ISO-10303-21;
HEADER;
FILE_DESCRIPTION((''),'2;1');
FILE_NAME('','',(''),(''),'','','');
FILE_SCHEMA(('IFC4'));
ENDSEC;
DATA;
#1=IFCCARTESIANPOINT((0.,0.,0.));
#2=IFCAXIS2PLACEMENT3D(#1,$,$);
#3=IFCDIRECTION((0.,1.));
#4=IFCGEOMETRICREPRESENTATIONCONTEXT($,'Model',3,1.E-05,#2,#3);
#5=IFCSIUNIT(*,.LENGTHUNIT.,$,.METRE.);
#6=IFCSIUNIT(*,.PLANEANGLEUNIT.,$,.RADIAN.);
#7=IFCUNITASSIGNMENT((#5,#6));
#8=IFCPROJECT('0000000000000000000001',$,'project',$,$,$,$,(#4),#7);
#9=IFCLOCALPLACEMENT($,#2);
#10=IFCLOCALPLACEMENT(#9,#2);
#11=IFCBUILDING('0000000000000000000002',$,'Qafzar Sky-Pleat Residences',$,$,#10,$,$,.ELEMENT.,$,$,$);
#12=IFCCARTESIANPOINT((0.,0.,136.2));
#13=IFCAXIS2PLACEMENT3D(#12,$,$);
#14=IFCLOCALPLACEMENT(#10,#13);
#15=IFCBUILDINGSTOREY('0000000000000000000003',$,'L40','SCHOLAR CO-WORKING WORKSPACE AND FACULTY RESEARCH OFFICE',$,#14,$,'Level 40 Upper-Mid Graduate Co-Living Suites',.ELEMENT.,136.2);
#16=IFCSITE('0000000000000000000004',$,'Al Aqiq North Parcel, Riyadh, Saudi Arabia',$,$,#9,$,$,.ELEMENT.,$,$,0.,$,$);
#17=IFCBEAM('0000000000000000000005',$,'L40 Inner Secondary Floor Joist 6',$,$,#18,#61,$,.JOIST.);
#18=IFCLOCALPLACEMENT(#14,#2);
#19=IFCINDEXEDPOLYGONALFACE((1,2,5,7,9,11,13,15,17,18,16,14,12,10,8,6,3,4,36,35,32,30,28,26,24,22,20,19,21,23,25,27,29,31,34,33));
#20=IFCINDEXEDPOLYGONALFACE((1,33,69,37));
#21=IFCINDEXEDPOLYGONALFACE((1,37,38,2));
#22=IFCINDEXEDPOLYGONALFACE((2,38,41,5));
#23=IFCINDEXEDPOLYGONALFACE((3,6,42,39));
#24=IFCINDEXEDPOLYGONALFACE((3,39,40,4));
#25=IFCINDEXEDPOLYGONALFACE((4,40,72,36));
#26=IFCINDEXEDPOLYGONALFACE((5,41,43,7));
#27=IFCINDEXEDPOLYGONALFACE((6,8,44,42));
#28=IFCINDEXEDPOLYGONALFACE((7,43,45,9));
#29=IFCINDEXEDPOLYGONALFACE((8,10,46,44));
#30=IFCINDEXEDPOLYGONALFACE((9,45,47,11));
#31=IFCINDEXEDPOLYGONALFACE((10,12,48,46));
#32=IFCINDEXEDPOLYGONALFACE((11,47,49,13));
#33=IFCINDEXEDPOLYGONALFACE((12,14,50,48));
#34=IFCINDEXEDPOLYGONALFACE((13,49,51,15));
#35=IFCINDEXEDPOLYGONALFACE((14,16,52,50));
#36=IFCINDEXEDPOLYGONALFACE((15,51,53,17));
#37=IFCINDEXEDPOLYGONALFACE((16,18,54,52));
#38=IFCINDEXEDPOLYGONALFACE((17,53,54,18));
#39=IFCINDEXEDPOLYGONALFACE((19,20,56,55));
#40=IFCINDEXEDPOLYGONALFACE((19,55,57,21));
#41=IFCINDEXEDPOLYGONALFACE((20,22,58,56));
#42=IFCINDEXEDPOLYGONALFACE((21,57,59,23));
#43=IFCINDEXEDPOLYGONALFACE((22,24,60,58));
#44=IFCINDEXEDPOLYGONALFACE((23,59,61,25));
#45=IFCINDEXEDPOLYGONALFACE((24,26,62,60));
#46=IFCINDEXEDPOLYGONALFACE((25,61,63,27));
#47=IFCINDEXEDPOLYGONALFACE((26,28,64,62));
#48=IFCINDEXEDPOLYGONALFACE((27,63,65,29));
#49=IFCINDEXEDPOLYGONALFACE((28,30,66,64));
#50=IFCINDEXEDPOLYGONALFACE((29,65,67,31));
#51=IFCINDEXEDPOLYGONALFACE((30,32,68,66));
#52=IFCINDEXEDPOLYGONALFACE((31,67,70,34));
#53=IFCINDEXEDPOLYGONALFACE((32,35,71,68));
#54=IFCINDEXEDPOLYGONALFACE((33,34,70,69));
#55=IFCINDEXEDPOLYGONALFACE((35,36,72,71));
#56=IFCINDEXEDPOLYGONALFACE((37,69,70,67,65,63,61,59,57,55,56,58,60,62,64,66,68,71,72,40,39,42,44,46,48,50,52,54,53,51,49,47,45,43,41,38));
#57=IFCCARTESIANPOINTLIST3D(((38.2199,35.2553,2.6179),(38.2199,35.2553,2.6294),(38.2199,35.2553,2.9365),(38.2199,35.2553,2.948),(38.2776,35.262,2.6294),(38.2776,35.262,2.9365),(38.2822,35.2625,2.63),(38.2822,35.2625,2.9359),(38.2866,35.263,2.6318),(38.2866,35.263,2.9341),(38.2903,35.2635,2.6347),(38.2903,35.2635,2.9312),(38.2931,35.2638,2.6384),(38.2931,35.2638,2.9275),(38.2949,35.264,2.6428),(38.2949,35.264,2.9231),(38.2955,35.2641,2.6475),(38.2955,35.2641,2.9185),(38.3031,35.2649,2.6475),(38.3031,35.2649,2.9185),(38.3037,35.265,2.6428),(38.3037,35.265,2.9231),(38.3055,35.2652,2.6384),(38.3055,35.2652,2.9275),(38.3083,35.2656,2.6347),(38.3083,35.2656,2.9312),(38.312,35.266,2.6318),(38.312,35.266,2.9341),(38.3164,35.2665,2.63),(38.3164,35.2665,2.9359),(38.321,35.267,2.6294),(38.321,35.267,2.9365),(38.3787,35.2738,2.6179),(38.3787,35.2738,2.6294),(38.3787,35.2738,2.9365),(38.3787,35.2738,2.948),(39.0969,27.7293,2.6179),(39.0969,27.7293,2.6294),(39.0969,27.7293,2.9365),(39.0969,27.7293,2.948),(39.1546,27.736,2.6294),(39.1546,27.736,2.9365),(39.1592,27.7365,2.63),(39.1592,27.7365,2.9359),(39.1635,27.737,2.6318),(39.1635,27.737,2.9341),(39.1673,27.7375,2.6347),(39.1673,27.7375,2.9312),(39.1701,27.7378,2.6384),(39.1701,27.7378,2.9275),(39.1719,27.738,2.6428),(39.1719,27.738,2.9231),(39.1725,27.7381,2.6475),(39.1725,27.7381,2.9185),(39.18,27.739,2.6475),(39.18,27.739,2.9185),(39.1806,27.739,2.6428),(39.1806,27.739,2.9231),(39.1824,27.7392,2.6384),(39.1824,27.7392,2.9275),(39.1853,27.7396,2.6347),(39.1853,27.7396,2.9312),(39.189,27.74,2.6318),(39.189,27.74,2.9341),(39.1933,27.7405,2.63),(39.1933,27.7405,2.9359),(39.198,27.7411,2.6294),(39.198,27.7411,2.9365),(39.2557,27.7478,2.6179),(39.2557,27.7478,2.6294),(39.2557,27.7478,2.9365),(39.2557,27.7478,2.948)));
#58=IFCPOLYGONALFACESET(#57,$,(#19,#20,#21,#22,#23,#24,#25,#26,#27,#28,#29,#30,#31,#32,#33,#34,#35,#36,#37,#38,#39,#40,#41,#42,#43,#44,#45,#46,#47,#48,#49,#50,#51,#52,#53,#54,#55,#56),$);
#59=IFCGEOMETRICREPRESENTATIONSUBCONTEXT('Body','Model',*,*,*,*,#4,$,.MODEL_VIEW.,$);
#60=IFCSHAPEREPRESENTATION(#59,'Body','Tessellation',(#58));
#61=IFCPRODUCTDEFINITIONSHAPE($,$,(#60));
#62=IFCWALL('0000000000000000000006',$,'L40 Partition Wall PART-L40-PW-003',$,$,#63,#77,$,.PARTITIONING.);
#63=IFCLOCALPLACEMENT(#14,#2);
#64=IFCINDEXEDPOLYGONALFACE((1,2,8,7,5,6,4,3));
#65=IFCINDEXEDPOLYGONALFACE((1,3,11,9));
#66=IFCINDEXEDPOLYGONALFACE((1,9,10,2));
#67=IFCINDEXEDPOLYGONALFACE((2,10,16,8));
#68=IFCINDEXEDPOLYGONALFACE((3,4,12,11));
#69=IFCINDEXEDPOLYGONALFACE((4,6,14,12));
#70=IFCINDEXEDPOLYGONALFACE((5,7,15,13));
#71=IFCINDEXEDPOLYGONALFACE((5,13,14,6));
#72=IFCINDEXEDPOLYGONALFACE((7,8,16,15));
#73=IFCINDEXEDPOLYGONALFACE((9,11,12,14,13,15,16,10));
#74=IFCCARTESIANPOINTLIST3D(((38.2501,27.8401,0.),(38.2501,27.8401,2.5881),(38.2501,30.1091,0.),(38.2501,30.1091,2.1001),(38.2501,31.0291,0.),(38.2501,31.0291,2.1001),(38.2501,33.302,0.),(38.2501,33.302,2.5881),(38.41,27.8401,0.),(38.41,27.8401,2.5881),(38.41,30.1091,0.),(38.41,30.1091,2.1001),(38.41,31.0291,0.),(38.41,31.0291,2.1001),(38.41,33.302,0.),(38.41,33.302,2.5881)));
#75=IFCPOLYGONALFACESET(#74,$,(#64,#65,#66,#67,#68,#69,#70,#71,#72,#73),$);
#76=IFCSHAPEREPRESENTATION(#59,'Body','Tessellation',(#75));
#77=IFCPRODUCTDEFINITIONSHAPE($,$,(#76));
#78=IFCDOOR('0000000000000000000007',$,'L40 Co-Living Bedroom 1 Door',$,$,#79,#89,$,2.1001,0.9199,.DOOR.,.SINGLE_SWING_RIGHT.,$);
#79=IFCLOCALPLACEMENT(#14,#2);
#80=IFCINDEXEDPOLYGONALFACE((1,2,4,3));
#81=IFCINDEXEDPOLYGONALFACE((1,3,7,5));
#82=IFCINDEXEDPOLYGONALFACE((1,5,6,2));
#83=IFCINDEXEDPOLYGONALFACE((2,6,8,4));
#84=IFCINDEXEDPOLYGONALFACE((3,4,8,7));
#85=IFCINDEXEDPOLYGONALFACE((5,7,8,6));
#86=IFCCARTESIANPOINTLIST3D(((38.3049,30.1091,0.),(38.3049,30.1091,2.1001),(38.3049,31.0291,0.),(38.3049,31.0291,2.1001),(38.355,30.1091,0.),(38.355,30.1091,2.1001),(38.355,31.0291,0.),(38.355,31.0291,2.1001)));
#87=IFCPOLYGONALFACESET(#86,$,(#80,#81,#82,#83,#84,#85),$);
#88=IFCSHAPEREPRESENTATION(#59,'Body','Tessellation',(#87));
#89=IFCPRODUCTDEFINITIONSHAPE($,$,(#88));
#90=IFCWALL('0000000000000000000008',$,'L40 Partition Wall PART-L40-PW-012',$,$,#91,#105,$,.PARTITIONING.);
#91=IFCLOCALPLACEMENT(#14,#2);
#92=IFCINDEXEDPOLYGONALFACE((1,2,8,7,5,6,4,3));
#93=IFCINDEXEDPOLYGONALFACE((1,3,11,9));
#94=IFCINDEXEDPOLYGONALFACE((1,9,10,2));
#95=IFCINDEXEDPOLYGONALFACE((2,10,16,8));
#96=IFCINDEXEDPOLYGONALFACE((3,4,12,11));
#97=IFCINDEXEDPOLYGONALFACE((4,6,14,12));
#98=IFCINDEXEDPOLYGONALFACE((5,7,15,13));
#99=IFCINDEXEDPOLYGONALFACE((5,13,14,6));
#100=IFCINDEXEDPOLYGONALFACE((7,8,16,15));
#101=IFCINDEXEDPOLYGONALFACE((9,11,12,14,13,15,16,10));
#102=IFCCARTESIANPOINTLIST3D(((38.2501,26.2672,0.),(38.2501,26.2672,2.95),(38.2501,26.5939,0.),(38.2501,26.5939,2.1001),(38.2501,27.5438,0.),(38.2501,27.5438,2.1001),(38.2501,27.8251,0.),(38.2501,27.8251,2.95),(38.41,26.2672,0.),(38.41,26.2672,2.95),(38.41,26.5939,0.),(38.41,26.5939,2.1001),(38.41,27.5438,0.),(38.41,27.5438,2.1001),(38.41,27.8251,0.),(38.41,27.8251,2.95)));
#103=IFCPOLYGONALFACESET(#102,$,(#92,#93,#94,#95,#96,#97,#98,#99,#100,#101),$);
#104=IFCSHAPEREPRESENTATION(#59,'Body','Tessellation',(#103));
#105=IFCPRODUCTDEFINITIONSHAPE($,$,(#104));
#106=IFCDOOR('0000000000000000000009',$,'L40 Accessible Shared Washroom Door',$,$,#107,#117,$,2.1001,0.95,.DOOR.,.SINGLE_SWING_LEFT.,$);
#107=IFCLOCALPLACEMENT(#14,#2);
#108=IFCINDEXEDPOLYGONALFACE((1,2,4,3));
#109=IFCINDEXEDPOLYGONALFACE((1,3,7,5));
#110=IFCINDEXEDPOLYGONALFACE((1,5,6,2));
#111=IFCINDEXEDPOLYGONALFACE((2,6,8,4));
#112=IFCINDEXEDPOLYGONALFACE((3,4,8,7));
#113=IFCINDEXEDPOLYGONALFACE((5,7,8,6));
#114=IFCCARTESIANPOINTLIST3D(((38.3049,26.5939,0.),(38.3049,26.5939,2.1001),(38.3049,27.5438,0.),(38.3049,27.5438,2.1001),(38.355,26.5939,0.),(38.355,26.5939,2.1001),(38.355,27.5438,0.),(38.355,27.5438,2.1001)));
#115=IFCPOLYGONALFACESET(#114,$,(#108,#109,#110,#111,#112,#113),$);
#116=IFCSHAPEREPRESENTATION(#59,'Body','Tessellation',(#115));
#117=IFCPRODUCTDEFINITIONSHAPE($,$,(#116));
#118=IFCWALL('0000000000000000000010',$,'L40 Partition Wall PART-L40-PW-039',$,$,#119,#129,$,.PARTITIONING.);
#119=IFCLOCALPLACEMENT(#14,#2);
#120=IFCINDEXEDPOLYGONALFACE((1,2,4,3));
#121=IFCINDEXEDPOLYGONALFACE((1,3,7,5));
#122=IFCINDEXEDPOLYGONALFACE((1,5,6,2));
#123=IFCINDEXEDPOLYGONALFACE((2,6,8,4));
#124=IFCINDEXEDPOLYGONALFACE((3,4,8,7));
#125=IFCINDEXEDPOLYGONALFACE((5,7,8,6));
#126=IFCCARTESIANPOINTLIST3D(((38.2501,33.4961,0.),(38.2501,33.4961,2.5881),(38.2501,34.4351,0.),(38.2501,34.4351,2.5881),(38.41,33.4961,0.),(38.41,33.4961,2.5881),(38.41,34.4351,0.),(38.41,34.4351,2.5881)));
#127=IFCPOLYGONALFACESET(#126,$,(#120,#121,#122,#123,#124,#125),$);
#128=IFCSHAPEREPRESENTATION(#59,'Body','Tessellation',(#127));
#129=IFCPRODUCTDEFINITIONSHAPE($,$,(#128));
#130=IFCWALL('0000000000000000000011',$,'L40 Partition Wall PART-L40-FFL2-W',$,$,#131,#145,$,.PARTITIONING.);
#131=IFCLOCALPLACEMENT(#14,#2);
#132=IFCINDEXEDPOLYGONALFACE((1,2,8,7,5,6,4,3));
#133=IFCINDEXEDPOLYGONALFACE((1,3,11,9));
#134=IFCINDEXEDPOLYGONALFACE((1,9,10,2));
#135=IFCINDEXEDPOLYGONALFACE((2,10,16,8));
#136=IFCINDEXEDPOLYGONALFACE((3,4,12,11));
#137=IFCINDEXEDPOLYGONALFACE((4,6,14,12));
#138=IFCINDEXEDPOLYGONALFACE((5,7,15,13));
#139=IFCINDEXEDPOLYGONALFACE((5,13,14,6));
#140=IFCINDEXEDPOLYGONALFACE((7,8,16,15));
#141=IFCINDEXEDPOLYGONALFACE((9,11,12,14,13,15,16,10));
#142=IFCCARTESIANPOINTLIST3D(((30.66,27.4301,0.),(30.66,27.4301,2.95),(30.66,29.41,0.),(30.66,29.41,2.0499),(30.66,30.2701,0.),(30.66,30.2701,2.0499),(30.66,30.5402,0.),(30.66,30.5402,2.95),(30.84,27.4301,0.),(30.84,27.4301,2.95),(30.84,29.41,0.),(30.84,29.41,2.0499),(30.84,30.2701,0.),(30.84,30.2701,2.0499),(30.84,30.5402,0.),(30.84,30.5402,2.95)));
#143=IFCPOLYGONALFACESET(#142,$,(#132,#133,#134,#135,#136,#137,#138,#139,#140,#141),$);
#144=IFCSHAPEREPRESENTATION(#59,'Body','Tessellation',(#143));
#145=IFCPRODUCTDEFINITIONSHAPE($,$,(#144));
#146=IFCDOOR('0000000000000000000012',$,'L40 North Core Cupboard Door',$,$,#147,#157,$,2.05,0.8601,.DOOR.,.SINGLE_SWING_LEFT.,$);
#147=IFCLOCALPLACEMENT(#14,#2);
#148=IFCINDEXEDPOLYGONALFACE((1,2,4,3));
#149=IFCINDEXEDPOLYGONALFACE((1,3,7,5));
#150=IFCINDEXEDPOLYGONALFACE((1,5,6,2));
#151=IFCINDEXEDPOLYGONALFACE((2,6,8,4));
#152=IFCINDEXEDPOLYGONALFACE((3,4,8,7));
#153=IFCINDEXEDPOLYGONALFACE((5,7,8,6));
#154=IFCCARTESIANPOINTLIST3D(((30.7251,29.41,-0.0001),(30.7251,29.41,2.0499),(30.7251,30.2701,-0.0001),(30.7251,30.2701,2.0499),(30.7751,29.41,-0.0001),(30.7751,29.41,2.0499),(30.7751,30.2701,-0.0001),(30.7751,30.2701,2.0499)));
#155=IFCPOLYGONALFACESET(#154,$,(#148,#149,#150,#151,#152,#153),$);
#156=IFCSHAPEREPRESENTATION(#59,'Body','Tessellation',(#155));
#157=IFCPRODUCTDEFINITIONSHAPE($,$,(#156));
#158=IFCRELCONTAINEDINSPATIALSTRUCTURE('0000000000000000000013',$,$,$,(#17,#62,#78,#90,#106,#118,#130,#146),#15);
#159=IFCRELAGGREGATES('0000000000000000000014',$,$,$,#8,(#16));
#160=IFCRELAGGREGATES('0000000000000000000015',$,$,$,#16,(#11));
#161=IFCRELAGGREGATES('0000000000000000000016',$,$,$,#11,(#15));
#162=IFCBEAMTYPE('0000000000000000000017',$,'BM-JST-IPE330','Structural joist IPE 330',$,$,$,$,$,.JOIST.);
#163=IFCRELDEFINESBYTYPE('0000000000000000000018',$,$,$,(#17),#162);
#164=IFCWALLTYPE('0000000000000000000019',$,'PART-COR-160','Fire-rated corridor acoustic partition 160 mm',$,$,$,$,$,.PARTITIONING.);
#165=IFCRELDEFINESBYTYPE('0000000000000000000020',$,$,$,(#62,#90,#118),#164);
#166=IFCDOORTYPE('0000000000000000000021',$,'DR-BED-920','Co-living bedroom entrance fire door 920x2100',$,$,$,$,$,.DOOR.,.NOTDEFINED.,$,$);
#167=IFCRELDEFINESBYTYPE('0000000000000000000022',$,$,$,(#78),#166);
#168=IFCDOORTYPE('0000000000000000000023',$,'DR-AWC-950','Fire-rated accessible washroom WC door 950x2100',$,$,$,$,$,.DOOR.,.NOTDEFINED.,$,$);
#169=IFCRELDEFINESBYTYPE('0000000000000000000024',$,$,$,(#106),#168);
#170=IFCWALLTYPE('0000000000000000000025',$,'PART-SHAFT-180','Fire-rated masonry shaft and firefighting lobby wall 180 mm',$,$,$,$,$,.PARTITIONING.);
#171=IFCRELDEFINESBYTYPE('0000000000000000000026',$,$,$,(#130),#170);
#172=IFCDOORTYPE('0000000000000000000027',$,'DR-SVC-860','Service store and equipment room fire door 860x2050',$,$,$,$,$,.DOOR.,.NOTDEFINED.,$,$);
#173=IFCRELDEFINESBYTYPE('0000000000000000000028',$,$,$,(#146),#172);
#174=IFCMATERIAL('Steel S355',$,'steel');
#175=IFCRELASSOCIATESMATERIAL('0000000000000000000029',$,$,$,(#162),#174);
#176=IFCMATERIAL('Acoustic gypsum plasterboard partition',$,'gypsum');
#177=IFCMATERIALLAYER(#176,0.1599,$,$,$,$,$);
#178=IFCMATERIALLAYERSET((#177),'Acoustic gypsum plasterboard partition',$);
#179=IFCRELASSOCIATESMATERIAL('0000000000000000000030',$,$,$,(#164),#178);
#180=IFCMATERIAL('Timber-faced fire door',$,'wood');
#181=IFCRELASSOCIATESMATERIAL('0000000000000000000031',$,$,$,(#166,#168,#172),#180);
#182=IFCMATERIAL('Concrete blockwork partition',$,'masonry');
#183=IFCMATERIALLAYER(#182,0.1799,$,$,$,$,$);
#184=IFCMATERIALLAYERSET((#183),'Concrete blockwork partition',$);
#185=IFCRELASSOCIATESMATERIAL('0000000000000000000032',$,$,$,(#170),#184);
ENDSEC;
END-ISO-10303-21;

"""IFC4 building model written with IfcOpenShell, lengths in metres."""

from ifc_helpers import new_model, si_unit, direction, frame, frame_2d, origin, origin_2d, place, context, subcontext, project, spatial, rectangle, i_section, extrude, source, transform, mapped, material, layer, layer_set, material_profile, profile_set, type_object, element, fill, save


model = new_model("IFC4")

# Units and contexts
model_context = context("Model", 3, precision=1e-05, world=origin(), true_north=direction((0.0, 1.0)))
body_context = subcontext(model_context, "Body", "Model", "MODEL_VIEW")
ifc_project = project(units=[si_unit("LENGTHUNIT", "METRE"), si_unit("PLANEANGLEUNIT", "RADIAN")], contexts=[model_context])

# Site, building, storey
site_placement = place(None, origin())
site = spatial("IfcSite", under=ifc_project, at=site_placement, Name="Al Aqiq North Parcel, Riyadh, Saudi Arabia", CompositionType="ELEMENT", RefElevation=0.0)
building_placement = place(site_placement, origin())
building = spatial("IfcBuilding", under=site, at=building_placement, Name="Qafzar Sky-Pleat Residences", CompositionType="ELEMENT")
storey_placement = place(building_placement, frame((0.0, 0.0, 136.2)))
storey = spatial("IfcBuildingStorey", under=building, at=storey_placement, Name="L40", Description="SCHOLAR CO-WORKING WORKSPACE AND FACULTY RESEARCH OFFICE", LongName="Level 40 Upper-Mid Graduate Co-Living Suites", CompositionType="ELEMENT", Elevation=136.2)

# Beam
ifc_material_1 = material(Name="Steel S355", Category="steel")
ifc_material_profile = material_profile(ifc_material_1, i_section(OverallWidth=0.1599, OverallDepth=0.3301, WebThickness=0.0076, FlangeThickness=0.0115, FilletRadius=0.0181, at=origin_2d()), Name="IPE 330")
ifc_profile_set = profile_set([ifc_material_profile], Name="Steel S355")
beam_type = type_object("IfcBeamType", Name="BM-JST-IPE330", Description="Structural joist IPE 330", PredefinedType="JOIST", material=ifc_profile_set)
shared_shape_1 = source(origin(), body_context, "Body", "SweptSolid", [
    extrude(i_section(OverallWidth=0.1599, OverallDepth=0.3301, WebThickness=0.0076, FlangeThickness=0.0115, FilletRadius=0.0181, at=origin_2d()), origin(), (0.0, 0.0, 1.0), 7.5769),
])
beam_placement = place(storey_placement, frame((39.1763, 27.7385, 2.783), z_axis=(-0.115742, 0.993279, 0.0), x_axis=(-0.993279, -0.115742, 0.0)))
element("IfcBeam", 1, at=beam_placement, inside=storey, type_object=beam_type, Name="L40 Inner Secondary Floor Joist 6", PredefinedType="JOIST", context=body_context, shape_type="MappedRepresentation", body=[
    mapped(shared_shape_1, transform((0.0, 0.0, 0.0), x_axis=(1.0, 0.0, 0.0), y_axis=(0.0, 1.0, 0.0), z_axis=(0.0, 0.0, 1.0), scale=1.0)),
])

# Walls, openings, doors
ifc_material_2 = material(Name="Acoustic gypsum plasterboard partition", Category="gypsum")
ifc_layer_1 = layer(ifc_material_2, 0.1599)
ifc_layer_set_1 = layer_set([ifc_layer_1], Name="Acoustic gypsum plasterboard partition")
wall_type_1 = type_object("IfcWallType", Name="PART-COR-160", Description="Fire-rated corridor acoustic partition 160 mm", PredefinedType="PARTITIONING", material=ifc_layer_set_1)
wall_1_placement = place(storey_placement, frame((38.3301, 33.302, 0.0), z_axis=(0.0, 0.0, 1.0), x_axis=(0.0, -1.0, 0.0)))
wall_1 = element("IfcWall", 2, at=wall_1_placement, inside=storey, type_object=wall_type_1, Name="L40 Partition Wall PART-L40-PW-003", PredefinedType="PARTITIONING", context=body_context, shape_type="SweptSolid", body=[
    extrude(rectangle(XDim=5.4619, YDim=0.1599, at=frame_2d((2.731, 0.0))), origin(), (0.0, 0.0, 1.0), 2.5881),
])
opening_1_placement = place(wall_1_placement, frame((2.2729, 0.0, 0.0)))
opening_1 = element("IfcOpeningElement", 3, at=opening_1_placement, cuts=wall_1, PredefinedType="OPENING", context=body_context, shape_type="SweptSolid", body=[
    extrude(rectangle(XDim=0.9199, YDim=2.1001, at=frame_2d((0.46, 1.05))), frame((0.0, 0.0898, 0.0), z_axis=(0.0, -1.0, 0.0), x_axis=(1.0, 0.0, 0.0)), (0.0, 0.0, 1.0), 0.1799),
])
ifc_material_3 = material(Name="Timber-faced fire door", Category="wood")
door_type_1 = type_object("IfcDoorType", Name="DR-BED-920", Description="Co-living bedroom entrance fire door 920x2100", OperationType="NOTDEFINED", PredefinedType="DOOR", material=ifc_material_3)
shared_shape_2 = source(origin(), body_context, "Body", "SweptSolid", [
    extrude(rectangle(XDim=0.9199, YDim=2.1001, at=frame_2d((0.46, 1.05))), frame((0.0, 0.0249, 0.0), z_axis=(0.0, -1.0, 0.0), x_axis=(1.0, 0.0, 0.0)), (0.0, 0.0, 1.0), 0.05),
])
door_1_placement = place(opening_1_placement, origin())
door_1 = element("IfcDoor", 4, at=door_1_placement, inside=storey, type_object=door_type_1, Name="L40 Co-Living Bedroom 1 Door", OperationType="SINGLE_SWING_RIGHT", OverallHeight=2.1001, OverallWidth=0.9199, PredefinedType="DOOR", context=body_context, shape_type="MappedRepresentation", body=[
    mapped(shared_shape_2, transform((0.0, 0.0, 0.0), x_axis=(1.0, 0.0, 0.0), y_axis=(0.0, 1.0, 0.0), z_axis=(0.0, 0.0, 1.0), scale=1.0)),
])
fill(opening_1, door_1)
wall_2_placement = place(storey_placement, frame((38.3301, 27.825, 0.0), z_axis=(0.0, 0.0, 1.0), x_axis=(0.0, -1.0, 0.0)))
wall_2 = element("IfcWall", 5, at=wall_2_placement, inside=storey, type_object=wall_type_1, Name="L40 Partition Wall PART-L40-PW-012", PredefinedType="PARTITIONING", context=body_context, shape_type="SweptSolid", body=[
    extrude(rectangle(XDim=1.5579, YDim=0.1599, at=frame_2d((0.7788, 0.0))), origin(), (0.0, 0.0, 1.0), 2.95),
])
opening_2_placement = place(wall_2_placement, frame((0.281, 0.0, 0.0)))
opening_2 = element("IfcOpeningElement", 6, at=opening_2_placement, cuts=wall_2, PredefinedType="OPENING", context=body_context, shape_type="SweptSolid", body=[
    extrude(rectangle(XDim=0.95, YDim=2.1001, at=frame_2d((0.4751, 1.05))), frame((0.0, 0.0898, 0.0), z_axis=(0.0, -1.0, 0.0), x_axis=(1.0, 0.0, 0.0)), (0.0, 0.0, 1.0), 0.1799),
])
door_type_2 = type_object("IfcDoorType", Name="DR-AWC-950", Description="Fire-rated accessible washroom WC door 950x2100", OperationType="NOTDEFINED", PredefinedType="DOOR", material=ifc_material_3)
shared_shape_3 = source(origin(), body_context, "Body", "SweptSolid", [
    extrude(rectangle(XDim=0.95, YDim=2.1001, at=frame_2d((0.4751, 1.05))), frame((0.0, 0.0249, 0.0), z_axis=(0.0, -1.0, 0.0), x_axis=(1.0, 0.0, 0.0)), (0.0, 0.0, 1.0), 0.05),
])
door_2_placement = place(opening_2_placement, origin())
door_2 = element("IfcDoor", 7, at=door_2_placement, inside=storey, type_object=door_type_2, Name="L40 Accessible Shared Washroom Door", OperationType="SINGLE_SWING_LEFT", OverallHeight=2.1001, OverallWidth=0.95, PredefinedType="DOOR", context=body_context, shape_type="MappedRepresentation", body=[
    mapped(shared_shape_3, transform((0.0, 0.0, 0.0), x_axis=(1.0, 0.0, 0.0), y_axis=(0.0, 1.0, 0.0), z_axis=(0.0, 0.0, 1.0), scale=1.0)),
])
fill(opening_2, door_2)

# Wall
wall_3_placement = place(storey_placement, frame((38.3301, 33.4961, 0.0), z_axis=(0.0, 0.0, 1.0), x_axis=(0.0, 1.0, 0.0)))
element("IfcWall", 8, at=wall_3_placement, inside=storey, type_object=wall_type_1, Name="L40 Partition Wall PART-L40-PW-039", PredefinedType="PARTITIONING", context=body_context, shape_type="SweptSolid", body=[
    extrude(rectangle(XDim=0.939, YDim=0.1599, at=frame_2d((0.4695, 0.0))), origin(), (0.0, 0.0, 1.0), 2.5881),
])

# Wall, opening, door
ifc_material_4 = material(Name="Concrete blockwork partition", Category="masonry")
ifc_layer_2 = layer(ifc_material_4, 0.1799)
ifc_layer_set_2 = layer_set([ifc_layer_2], Name="Concrete blockwork partition")
wall_type_2 = type_object("IfcWallType", Name="PART-SHAFT-180", Description="Fire-rated masonry shaft and firefighting lobby wall 180 mm", PredefinedType="PARTITIONING", material=ifc_layer_set_2)
wall_4_placement = place(storey_placement, frame((30.75, 27.4299, 0.0), z_axis=(0.0, 0.0, 1.0), x_axis=(0.0, 1.0, 0.0)))
wall_4 = element("IfcWall", 9, at=wall_4_placement, inside=storey, type_object=wall_type_2, Name="L40 Partition Wall PART-L40-FFL2-W", PredefinedType="PARTITIONING", context=body_context, shape_type="SweptSolid", body=[
    extrude(rectangle(XDim=3.1101, YDim=0.1799, at=frame_2d((1.5552, 0.0))), origin(), (0.0, 0.0, 1.0), 2.95),
])
opening_3_placement = place(wall_4_placement, frame((1.98, 0.0, 0.0)))
opening_3 = element("IfcOpeningElement", 10, at=opening_3_placement, cuts=wall_4, PredefinedType="OPENING", context=body_context, shape_type="SweptSolid", body=[
    extrude(rectangle(XDim=0.8601, YDim=2.05, at=frame_2d((0.4302, 1.0249))), frame((0.0, 0.1001, 0.0), z_axis=(0.0, -1.0, 0.0), x_axis=(1.0, 0.0, 0.0)), (0.0, 0.0, 1.0), 0.2),
])
door_type_3 = type_object("IfcDoorType", Name="DR-SVC-860", Description="Service store and equipment room fire door 860x2050", OperationType="NOTDEFINED", PredefinedType="DOOR", material=ifc_material_3)
shared_shape_4 = source(origin(), body_context, "Body", "SweptSolid", [
    extrude(rectangle(XDim=0.8601, YDim=2.05, at=frame_2d((0.4302, 1.0249))), frame((0.0, 0.0249, 0.0), z_axis=(0.0, -1.0, 0.0), x_axis=(1.0, 0.0, 0.0)), (0.0, 0.0, 1.0), 0.05),
])
door_3_placement = place(opening_3_placement, origin())
door_3 = element("IfcDoor", 11, at=door_3_placement, inside=storey, type_object=door_type_3, Name="L40 North Core Cupboard Door", OperationType="SINGLE_SWING_LEFT", OverallHeight=2.05, OverallWidth=0.8601, PredefinedType="DOOR", context=body_context, shape_type="MappedRepresentation", body=[
    mapped(shared_shape_4, transform((0.0, 0.0, 0.0), x_axis=(1.0, 0.0, 0.0), y_axis=(0.0, 1.0, 0.0), z_axis=(0.0, 0.0, 1.0), scale=1.0)),
])
fill(opening_3, door_3)

save(model, "model.ifc")
